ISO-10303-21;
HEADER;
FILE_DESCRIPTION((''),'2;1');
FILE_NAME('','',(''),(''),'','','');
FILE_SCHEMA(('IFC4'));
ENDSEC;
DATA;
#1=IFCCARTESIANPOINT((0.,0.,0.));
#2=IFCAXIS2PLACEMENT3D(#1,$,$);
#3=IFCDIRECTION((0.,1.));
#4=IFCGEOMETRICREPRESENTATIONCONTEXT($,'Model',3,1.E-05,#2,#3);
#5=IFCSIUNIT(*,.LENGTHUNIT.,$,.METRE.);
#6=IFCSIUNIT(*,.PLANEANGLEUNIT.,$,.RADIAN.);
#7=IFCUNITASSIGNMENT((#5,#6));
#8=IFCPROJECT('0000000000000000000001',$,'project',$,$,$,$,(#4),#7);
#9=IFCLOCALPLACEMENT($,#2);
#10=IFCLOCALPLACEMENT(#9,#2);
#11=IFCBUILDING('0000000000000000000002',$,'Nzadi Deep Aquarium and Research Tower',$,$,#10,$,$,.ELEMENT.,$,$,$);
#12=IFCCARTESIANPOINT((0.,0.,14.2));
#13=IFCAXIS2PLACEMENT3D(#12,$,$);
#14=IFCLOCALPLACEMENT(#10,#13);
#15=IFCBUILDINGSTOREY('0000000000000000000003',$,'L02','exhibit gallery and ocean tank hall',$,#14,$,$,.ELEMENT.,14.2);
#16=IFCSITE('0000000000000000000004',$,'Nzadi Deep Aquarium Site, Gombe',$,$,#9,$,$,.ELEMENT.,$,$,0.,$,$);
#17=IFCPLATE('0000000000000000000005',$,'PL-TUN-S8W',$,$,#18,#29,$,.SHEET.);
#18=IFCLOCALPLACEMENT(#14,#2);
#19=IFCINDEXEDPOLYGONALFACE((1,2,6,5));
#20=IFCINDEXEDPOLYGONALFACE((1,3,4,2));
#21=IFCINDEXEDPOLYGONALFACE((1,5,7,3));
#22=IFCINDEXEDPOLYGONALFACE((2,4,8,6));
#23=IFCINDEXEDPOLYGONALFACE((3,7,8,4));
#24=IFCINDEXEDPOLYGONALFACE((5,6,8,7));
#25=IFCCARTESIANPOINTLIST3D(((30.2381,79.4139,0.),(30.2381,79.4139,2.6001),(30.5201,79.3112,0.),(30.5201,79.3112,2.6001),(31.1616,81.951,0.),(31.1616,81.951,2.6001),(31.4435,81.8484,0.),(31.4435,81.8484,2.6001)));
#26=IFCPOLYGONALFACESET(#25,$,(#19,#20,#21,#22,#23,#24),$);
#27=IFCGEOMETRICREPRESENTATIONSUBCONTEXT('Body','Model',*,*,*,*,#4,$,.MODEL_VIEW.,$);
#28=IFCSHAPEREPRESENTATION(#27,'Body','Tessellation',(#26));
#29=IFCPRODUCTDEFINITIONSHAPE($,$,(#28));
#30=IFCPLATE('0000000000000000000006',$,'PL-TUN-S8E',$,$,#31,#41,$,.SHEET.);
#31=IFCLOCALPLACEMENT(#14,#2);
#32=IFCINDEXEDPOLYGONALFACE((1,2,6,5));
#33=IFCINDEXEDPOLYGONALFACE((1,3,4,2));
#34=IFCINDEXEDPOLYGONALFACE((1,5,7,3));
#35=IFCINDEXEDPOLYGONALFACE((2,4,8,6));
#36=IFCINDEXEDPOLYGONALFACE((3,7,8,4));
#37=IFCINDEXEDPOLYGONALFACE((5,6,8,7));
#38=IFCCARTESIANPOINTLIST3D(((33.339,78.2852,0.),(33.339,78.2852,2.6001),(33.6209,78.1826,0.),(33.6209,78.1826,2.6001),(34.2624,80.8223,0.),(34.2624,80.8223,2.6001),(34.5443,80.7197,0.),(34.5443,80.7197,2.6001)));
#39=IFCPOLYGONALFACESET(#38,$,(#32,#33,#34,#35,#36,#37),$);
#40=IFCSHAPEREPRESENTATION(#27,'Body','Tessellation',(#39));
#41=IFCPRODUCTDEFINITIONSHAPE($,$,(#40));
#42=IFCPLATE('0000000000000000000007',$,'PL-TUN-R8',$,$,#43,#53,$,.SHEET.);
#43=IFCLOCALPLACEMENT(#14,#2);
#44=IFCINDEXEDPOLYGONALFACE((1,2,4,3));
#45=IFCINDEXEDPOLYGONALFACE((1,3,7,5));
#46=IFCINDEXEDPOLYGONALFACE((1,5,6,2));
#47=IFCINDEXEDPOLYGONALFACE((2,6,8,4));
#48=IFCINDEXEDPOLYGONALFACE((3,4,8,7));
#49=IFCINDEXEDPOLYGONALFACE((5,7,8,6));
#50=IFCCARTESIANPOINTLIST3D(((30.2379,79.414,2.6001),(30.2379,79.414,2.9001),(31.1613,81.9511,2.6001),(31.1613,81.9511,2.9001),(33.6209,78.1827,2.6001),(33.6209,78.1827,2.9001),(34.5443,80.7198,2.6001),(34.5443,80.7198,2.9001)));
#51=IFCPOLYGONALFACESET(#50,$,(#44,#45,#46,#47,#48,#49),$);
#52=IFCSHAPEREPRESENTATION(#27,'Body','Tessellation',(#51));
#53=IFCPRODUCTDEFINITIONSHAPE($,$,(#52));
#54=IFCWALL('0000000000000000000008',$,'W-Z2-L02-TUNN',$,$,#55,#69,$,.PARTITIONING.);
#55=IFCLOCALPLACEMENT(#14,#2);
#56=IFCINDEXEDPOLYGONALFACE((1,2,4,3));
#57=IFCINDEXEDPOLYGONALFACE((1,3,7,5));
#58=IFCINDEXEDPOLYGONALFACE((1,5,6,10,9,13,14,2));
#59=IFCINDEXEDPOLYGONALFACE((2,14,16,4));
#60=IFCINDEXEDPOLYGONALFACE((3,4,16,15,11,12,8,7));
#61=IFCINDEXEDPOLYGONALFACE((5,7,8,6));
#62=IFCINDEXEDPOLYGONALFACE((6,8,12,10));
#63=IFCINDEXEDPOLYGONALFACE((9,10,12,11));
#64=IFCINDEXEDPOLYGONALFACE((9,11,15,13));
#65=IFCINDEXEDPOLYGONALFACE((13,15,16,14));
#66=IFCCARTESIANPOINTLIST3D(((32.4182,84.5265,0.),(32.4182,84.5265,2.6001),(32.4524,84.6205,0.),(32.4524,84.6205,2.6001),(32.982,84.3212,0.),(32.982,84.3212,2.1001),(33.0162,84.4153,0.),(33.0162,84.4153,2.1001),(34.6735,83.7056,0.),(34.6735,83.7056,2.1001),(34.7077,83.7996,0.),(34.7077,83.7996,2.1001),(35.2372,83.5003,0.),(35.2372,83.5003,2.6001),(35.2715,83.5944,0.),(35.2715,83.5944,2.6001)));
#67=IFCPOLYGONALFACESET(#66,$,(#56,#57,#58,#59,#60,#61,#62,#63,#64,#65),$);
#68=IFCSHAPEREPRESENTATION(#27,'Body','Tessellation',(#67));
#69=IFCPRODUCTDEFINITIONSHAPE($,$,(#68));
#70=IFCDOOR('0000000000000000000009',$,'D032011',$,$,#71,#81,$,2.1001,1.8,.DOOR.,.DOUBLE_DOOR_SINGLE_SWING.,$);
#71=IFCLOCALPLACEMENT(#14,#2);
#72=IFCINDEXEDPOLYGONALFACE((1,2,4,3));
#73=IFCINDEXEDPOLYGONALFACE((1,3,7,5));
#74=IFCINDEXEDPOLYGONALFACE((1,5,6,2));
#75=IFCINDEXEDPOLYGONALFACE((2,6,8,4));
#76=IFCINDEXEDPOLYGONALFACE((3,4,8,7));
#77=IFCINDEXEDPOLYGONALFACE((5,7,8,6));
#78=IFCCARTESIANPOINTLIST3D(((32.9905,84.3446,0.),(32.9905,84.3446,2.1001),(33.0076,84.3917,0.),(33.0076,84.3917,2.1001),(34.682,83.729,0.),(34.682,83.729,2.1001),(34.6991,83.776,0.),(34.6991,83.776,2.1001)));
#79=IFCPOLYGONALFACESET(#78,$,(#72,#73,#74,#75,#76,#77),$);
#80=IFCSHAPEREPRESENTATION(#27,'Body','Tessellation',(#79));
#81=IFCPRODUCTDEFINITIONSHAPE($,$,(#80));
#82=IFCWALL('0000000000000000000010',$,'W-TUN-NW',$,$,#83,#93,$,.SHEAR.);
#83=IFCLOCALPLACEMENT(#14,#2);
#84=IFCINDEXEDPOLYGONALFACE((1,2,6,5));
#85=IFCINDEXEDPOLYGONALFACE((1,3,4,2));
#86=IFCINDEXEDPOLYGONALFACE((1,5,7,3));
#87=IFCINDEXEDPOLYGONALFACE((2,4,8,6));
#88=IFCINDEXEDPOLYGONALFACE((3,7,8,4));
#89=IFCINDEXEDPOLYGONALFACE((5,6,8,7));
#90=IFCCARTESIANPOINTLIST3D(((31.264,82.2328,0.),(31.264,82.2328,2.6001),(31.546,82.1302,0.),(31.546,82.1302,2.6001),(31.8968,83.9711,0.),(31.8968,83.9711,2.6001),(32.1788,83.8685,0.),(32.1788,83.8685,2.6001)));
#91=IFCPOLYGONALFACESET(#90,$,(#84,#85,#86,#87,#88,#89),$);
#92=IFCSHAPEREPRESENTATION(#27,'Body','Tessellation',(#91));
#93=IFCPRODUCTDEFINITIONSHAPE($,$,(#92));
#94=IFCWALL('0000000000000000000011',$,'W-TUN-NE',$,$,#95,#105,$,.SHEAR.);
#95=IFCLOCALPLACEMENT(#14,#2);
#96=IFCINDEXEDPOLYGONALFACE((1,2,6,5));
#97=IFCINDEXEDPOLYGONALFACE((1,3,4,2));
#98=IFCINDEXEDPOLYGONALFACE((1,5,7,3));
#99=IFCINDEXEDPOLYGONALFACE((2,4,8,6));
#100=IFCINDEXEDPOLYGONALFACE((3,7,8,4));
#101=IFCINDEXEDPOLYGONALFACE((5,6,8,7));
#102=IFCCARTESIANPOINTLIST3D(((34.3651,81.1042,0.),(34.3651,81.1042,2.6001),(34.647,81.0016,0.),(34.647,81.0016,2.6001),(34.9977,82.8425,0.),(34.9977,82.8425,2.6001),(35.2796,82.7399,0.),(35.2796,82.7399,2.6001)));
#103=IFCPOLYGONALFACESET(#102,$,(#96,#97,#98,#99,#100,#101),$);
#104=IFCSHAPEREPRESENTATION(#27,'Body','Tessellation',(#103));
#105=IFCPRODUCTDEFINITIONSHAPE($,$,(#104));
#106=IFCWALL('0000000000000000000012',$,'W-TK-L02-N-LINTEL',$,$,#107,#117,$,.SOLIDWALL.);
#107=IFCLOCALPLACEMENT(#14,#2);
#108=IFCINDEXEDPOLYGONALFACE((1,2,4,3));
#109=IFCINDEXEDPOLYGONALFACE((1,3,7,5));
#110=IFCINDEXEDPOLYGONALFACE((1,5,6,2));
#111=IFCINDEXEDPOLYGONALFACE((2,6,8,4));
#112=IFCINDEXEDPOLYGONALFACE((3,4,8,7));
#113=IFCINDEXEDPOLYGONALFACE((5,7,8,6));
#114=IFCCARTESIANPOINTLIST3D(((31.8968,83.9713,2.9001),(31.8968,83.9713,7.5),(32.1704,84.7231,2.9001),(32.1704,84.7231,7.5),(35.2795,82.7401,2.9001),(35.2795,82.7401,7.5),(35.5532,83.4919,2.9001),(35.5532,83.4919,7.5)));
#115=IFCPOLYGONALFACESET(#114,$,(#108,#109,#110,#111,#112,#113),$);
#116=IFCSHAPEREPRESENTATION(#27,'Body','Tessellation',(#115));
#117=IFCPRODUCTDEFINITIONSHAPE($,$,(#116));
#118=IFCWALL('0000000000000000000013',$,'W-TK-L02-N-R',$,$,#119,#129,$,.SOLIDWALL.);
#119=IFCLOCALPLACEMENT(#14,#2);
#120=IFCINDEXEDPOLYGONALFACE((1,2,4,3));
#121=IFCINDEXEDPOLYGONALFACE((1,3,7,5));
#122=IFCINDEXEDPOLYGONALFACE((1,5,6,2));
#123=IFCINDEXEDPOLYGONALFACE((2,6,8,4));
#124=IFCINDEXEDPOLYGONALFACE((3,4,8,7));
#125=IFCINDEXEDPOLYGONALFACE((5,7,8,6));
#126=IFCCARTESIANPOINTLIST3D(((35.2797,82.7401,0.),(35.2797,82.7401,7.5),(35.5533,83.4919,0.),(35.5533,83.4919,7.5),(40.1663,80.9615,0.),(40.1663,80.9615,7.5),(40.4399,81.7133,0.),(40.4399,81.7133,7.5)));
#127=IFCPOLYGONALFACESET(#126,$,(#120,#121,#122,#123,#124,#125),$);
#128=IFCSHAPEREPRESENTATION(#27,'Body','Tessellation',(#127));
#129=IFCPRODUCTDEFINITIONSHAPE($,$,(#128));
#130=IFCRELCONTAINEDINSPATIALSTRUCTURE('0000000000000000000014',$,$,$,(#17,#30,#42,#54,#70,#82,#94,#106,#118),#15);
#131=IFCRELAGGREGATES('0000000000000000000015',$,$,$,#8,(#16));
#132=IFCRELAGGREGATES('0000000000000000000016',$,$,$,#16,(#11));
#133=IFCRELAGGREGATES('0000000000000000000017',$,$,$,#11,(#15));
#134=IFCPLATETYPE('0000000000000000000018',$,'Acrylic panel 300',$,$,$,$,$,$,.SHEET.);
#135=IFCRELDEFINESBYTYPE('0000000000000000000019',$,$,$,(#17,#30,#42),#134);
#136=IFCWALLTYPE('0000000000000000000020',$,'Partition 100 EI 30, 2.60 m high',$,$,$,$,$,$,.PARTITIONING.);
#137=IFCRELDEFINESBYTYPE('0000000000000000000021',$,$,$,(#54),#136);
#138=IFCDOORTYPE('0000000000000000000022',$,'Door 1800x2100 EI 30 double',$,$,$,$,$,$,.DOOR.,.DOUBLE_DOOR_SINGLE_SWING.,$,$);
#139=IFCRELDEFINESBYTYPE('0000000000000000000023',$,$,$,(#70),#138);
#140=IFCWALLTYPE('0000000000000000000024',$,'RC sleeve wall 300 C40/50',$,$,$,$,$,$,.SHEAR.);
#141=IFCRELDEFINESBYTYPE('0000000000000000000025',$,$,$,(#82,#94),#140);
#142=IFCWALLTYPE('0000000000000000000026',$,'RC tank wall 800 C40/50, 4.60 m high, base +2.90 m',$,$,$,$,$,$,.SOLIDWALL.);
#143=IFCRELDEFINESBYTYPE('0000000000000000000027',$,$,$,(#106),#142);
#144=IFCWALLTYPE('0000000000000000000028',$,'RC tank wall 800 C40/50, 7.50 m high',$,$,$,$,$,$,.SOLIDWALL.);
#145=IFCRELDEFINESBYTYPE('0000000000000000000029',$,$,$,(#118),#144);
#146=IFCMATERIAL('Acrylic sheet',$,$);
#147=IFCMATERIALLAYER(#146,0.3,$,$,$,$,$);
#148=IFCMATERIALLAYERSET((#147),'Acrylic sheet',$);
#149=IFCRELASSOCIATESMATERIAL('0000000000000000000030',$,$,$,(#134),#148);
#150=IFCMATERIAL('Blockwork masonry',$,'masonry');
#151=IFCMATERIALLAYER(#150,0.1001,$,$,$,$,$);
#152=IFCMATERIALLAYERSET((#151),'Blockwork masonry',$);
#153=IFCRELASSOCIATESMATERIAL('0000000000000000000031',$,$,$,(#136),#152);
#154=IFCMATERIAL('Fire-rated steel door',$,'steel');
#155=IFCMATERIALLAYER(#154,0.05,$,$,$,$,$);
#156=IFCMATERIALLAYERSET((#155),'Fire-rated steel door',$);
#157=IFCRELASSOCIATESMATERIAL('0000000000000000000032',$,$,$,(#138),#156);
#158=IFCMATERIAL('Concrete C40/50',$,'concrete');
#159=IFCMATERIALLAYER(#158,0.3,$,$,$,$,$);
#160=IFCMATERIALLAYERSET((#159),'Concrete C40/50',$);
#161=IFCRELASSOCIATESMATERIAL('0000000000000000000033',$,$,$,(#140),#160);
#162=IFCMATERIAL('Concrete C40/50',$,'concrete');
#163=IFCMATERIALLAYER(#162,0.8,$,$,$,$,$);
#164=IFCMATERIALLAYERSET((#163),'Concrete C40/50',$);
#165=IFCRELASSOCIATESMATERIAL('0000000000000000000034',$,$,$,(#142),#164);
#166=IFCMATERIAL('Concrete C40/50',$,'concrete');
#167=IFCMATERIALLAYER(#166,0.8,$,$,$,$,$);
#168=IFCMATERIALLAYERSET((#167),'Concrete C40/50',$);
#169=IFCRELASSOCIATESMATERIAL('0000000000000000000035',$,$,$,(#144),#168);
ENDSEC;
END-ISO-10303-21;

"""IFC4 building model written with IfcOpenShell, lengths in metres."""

from ifc_helpers import new_model, si_unit, direction, frame, frame_2d, origin, origin_2d, place, context, subcontext, project, spatial, rectangle, extrude, material, layer, layer_set, type_object, element, fill, save


model = new_model("IFC4")

# Units and contexts
model_context = context("Model", 3, precision=1e-05, world=origin(), true_north=direction((0.0, 1.0)))
body_context = subcontext(model_context, "Body", "Model", "MODEL_VIEW")
ifc_project = project(units=[si_unit("LENGTHUNIT", "METRE"), si_unit("PLANEANGLEUNIT", "RADIAN")], contexts=[model_context])

# Site, building, storey
site_placement = place(None, origin())
site = spatial("IfcSite", under=ifc_project, at=site_placement, Name="Nzadi Deep Aquarium Site, Gombe", CompositionType="ELEMENT", RefElevation=0.0)
building_placement = place(site_placement, origin())
building = spatial("IfcBuilding", under=site, at=building_placement, Name="Nzadi Deep Aquarium and Research Tower", CompositionType="ELEMENT")
storey_placement = place(building_placement, frame((0.0, 0.0, 14.2)))
storey = spatial("IfcBuildingStorey", under=building, at=storey_placement, Name="L02", Description="exhibit gallery and ocean tank hall", CompositionType="ELEMENT", Elevation=14.2)

# Plates
ifc_material_1 = material(Name="Acrylic sheet")
ifc_layer_1 = layer(ifc_material_1, 0.3)
ifc_layer_set_1 = layer_set([ifc_layer_1], Name="Acrylic sheet")
plate_type = type_object("IfcPlateType", Name="Acrylic panel 300", PredefinedType="SHEET", material=ifc_layer_set_1)
for number, where, z_axis, x_axis, name in (
    (1, (30.8408, 80.6311, 0.0), (0.0, 0.0, 1.0), (0.939693, -0.34202, 0.0), "PL-TUN-S8W"),
    (2, (33.9417, 79.5024, 0.0), (0.0, 0.0, 1.0), (0.939693, -0.34202, 0.0), "PL-TUN-S8E"),
):
    element("IfcPlate", number, at=place(storey_placement, frame(where, z_axis=z_axis, x_axis=x_axis)), inside=storey, type_object=plate_type, Name=name, PredefinedType="SHEET", context=body_context, shape_type="SweptSolid", body=[
        extrude(rectangle(XDim=0.3, YDim=2.7, at=origin_2d()), origin(), (0.0, 0.0, 1.0), 2.6001),
    ])
plate_1_placement = place(storey_placement, frame((32.3911, 80.0669, 2.6001), z_axis=(0.0, 0.0, 1.0), x_axis=(0.939693, -0.34202, 0.0)))
element("IfcPlate", 3, at=plate_1_placement, inside=storey, type_object=plate_type, Name="PL-TUN-R8", PredefinedType="SHEET", context=body_context, shape_type="SweptSolid", body=[
    extrude(rectangle(XDim=3.6001, YDim=2.7, at=origin_2d()), origin(), (0.0, 0.0, 1.0), 0.3),
])

# Wall, opening, door
ifc_material_2 = material(Name="Blockwork masonry", Category="masonry")
ifc_layer_2 = layer(ifc_material_2, 0.1001)
ifc_layer_set_2 = layer_set([ifc_layer_2], Name="Blockwork masonry")
wall_type_1 = type_object("IfcWallType", Name="Partition 100 EI 30, 2.60 m high", PredefinedType="PARTITIONING", material=ifc_layer_set_2)
wall_1_placement = place(storey_placement, frame((32.4353, 84.5735, 0.0), z_axis=(0.0, 0.0, 1.0), x_axis=(0.939686, -0.342037, 0.0)))
wall_1 = element("IfcWall", 4, at=wall_1_placement, inside=storey, type_object=wall_type_1, Name="W-Z2-L02-TUNN", PredefinedType="PARTITIONING", context=body_context, shape_type="SweptSolid", body=[
    extrude(rectangle(XDim=3.0, YDim=0.1001, at=frame_2d((1.5, 0.0))), origin(), (0.0, 0.0, 1.0), 2.6001),
])
opening_placement = place(wall_1_placement, frame((0.6001, 0.0, 0.0)))
opening = element("IfcOpeningElement", 5, at=opening_placement, cuts=wall_1, PredefinedType="OPENING", context=body_context, shape_type="SweptSolid", body=[
    extrude(rectangle(XDim=1.8, YDim=2.1001, at=frame_2d((0.8999, 1.05))), frame((0.0, 0.0601, 0.0), z_axis=(0.0, -1.0, 0.0), x_axis=(1.0, 0.0, 0.0)), (0.0, 0.0, 1.0), 0.1201),
])
ifc_material_3 = material(Name="Fire-rated steel door", Category="steel")
ifc_layer_3 = layer(ifc_material_3, 0.05)
ifc_layer_set_3 = layer_set([ifc_layer_3], Name="Fire-rated steel door")
door_type = type_object("IfcDoorType", Name="Door 1800x2100 EI 30 double", OperationType="DOUBLE_DOOR_SINGLE_SWING", PredefinedType="DOOR", material=ifc_layer_set_3)
door_placement = place(opening_placement, origin())
door = element("IfcDoor", 6, at=door_placement, inside=storey, type_object=door_type, Name="D032011", OperationType="DOUBLE_DOOR_SINGLE_SWING", OverallHeight=2.1001, OverallWidth=1.8, PredefinedType="DOOR", context=body_context, shape_type="SweptSolid", body=[
    extrude(rectangle(XDim=1.8, YDim=2.1001, at=frame_2d((0.8999, 1.05))), frame((0.0, 0.0249, 0.0), z_axis=(0.0, -1.0, 0.0), x_axis=(1.0, 0.0, 0.0)), (0.0, 0.0, 1.0), 0.05),
])
fill(opening, door)

# Walls
ifc_material_4 = material(Name="Concrete C40/50", Category="concrete")
ifc_layer_4 = layer(ifc_material_4, 0.3)
ifc_layer_set_4 = layer_set([ifc_layer_4], Name="Concrete C40/50")
wall_type_2 = type_object("IfcWallType", Name="RC sleeve wall 300 C40/50", PredefinedType="SHEAR", material=ifc_layer_set_4)
for number, where, z_axis, x_axis, name in (
    (7, (31.405, 82.1816, 0.0), (0.0, 0.0, 1.0), (0.342082, 0.93967, 0.0), "W-TUN-NW"),
    (8, (34.5061, 81.053, 0.0), (0.0, 0.0, 1.0), (0.341966, 0.939712, 0.0), "W-TUN-NE"),
):
    element("IfcWall", number, at=place(storey_placement, frame(where, z_axis=z_axis, x_axis=x_axis)), inside=storey, type_object=wall_type_2, Name=name, PredefinedType="SHEAR", context=body_context, shape_type="SweptSolid", body=[
        extrude(rectangle(XDim=1.8499, YDim=0.3, at=frame_2d((0.9248, 0.0))), origin(), (0.0, 0.0, 1.0), 2.6001),
    ])
ifc_material_5 = material(Name="Concrete C40/50", Category="concrete")
ifc_layer_5 = layer(ifc_material_5, 0.8)
ifc_layer_set_5 = layer_set([ifc_layer_5], Name="Concrete C40/50")
wall_type_3 = type_object("IfcWallType", Name="RC tank wall 800 C40/50, 4.60 m high, base +2.90 m", PredefinedType="SOLIDWALL", material=ifc_layer_set_5)
wall_2_placement = place(storey_placement, frame((32.0337, 84.3472, 2.9001), z_axis=(0.0, 0.0, 1.0), x_axis=(0.939696, -0.34201, 0.0)))
element("IfcWall", 9, at=wall_2_placement, inside=storey, type_object=wall_type_3, Name="W-TK-L02-N-LINTEL", PredefinedType="SOLIDWALL", context=body_context, shape_type="SweptSolid", body=[
    extrude(rectangle(XDim=3.5999, YDim=0.8, at=frame_2d((1.7998, 0.0))), origin(), (0.0, 0.0, 1.0), 4.5999),
])
ifc_material_6 = material(Name="Concrete C40/50", Category="concrete")
ifc_layer_6 = layer(ifc_material_6, 0.8)
ifc_layer_set_6 = layer_set([ifc_layer_6], Name="Concrete C40/50")
wall_type_4 = type_object("IfcWallType", Name="RC tank wall 800 C40/50, 7.50 m high", PredefinedType="SOLIDWALL", material=ifc_layer_set_6)
wall_3_placement = place(storey_placement, frame((35.4165, 83.116, 0.0), z_axis=(0.0, 0.0, 1.0), x_axis=(0.939691, -0.342026, 0.0)))
element("IfcWall", 10, at=wall_3_placement, inside=storey, type_object=wall_type_4, Name="W-TK-L02-N-R", PredefinedType="SOLIDWALL", context=body_context, shape_type="SweptSolid", body=[
    extrude(rectangle(XDim=5.2002, YDim=0.8, at=frame_2d((2.6001, 0.0))), origin(), (0.0, 0.0, 1.0), 7.5),
])

save(model, "model.ifc")
